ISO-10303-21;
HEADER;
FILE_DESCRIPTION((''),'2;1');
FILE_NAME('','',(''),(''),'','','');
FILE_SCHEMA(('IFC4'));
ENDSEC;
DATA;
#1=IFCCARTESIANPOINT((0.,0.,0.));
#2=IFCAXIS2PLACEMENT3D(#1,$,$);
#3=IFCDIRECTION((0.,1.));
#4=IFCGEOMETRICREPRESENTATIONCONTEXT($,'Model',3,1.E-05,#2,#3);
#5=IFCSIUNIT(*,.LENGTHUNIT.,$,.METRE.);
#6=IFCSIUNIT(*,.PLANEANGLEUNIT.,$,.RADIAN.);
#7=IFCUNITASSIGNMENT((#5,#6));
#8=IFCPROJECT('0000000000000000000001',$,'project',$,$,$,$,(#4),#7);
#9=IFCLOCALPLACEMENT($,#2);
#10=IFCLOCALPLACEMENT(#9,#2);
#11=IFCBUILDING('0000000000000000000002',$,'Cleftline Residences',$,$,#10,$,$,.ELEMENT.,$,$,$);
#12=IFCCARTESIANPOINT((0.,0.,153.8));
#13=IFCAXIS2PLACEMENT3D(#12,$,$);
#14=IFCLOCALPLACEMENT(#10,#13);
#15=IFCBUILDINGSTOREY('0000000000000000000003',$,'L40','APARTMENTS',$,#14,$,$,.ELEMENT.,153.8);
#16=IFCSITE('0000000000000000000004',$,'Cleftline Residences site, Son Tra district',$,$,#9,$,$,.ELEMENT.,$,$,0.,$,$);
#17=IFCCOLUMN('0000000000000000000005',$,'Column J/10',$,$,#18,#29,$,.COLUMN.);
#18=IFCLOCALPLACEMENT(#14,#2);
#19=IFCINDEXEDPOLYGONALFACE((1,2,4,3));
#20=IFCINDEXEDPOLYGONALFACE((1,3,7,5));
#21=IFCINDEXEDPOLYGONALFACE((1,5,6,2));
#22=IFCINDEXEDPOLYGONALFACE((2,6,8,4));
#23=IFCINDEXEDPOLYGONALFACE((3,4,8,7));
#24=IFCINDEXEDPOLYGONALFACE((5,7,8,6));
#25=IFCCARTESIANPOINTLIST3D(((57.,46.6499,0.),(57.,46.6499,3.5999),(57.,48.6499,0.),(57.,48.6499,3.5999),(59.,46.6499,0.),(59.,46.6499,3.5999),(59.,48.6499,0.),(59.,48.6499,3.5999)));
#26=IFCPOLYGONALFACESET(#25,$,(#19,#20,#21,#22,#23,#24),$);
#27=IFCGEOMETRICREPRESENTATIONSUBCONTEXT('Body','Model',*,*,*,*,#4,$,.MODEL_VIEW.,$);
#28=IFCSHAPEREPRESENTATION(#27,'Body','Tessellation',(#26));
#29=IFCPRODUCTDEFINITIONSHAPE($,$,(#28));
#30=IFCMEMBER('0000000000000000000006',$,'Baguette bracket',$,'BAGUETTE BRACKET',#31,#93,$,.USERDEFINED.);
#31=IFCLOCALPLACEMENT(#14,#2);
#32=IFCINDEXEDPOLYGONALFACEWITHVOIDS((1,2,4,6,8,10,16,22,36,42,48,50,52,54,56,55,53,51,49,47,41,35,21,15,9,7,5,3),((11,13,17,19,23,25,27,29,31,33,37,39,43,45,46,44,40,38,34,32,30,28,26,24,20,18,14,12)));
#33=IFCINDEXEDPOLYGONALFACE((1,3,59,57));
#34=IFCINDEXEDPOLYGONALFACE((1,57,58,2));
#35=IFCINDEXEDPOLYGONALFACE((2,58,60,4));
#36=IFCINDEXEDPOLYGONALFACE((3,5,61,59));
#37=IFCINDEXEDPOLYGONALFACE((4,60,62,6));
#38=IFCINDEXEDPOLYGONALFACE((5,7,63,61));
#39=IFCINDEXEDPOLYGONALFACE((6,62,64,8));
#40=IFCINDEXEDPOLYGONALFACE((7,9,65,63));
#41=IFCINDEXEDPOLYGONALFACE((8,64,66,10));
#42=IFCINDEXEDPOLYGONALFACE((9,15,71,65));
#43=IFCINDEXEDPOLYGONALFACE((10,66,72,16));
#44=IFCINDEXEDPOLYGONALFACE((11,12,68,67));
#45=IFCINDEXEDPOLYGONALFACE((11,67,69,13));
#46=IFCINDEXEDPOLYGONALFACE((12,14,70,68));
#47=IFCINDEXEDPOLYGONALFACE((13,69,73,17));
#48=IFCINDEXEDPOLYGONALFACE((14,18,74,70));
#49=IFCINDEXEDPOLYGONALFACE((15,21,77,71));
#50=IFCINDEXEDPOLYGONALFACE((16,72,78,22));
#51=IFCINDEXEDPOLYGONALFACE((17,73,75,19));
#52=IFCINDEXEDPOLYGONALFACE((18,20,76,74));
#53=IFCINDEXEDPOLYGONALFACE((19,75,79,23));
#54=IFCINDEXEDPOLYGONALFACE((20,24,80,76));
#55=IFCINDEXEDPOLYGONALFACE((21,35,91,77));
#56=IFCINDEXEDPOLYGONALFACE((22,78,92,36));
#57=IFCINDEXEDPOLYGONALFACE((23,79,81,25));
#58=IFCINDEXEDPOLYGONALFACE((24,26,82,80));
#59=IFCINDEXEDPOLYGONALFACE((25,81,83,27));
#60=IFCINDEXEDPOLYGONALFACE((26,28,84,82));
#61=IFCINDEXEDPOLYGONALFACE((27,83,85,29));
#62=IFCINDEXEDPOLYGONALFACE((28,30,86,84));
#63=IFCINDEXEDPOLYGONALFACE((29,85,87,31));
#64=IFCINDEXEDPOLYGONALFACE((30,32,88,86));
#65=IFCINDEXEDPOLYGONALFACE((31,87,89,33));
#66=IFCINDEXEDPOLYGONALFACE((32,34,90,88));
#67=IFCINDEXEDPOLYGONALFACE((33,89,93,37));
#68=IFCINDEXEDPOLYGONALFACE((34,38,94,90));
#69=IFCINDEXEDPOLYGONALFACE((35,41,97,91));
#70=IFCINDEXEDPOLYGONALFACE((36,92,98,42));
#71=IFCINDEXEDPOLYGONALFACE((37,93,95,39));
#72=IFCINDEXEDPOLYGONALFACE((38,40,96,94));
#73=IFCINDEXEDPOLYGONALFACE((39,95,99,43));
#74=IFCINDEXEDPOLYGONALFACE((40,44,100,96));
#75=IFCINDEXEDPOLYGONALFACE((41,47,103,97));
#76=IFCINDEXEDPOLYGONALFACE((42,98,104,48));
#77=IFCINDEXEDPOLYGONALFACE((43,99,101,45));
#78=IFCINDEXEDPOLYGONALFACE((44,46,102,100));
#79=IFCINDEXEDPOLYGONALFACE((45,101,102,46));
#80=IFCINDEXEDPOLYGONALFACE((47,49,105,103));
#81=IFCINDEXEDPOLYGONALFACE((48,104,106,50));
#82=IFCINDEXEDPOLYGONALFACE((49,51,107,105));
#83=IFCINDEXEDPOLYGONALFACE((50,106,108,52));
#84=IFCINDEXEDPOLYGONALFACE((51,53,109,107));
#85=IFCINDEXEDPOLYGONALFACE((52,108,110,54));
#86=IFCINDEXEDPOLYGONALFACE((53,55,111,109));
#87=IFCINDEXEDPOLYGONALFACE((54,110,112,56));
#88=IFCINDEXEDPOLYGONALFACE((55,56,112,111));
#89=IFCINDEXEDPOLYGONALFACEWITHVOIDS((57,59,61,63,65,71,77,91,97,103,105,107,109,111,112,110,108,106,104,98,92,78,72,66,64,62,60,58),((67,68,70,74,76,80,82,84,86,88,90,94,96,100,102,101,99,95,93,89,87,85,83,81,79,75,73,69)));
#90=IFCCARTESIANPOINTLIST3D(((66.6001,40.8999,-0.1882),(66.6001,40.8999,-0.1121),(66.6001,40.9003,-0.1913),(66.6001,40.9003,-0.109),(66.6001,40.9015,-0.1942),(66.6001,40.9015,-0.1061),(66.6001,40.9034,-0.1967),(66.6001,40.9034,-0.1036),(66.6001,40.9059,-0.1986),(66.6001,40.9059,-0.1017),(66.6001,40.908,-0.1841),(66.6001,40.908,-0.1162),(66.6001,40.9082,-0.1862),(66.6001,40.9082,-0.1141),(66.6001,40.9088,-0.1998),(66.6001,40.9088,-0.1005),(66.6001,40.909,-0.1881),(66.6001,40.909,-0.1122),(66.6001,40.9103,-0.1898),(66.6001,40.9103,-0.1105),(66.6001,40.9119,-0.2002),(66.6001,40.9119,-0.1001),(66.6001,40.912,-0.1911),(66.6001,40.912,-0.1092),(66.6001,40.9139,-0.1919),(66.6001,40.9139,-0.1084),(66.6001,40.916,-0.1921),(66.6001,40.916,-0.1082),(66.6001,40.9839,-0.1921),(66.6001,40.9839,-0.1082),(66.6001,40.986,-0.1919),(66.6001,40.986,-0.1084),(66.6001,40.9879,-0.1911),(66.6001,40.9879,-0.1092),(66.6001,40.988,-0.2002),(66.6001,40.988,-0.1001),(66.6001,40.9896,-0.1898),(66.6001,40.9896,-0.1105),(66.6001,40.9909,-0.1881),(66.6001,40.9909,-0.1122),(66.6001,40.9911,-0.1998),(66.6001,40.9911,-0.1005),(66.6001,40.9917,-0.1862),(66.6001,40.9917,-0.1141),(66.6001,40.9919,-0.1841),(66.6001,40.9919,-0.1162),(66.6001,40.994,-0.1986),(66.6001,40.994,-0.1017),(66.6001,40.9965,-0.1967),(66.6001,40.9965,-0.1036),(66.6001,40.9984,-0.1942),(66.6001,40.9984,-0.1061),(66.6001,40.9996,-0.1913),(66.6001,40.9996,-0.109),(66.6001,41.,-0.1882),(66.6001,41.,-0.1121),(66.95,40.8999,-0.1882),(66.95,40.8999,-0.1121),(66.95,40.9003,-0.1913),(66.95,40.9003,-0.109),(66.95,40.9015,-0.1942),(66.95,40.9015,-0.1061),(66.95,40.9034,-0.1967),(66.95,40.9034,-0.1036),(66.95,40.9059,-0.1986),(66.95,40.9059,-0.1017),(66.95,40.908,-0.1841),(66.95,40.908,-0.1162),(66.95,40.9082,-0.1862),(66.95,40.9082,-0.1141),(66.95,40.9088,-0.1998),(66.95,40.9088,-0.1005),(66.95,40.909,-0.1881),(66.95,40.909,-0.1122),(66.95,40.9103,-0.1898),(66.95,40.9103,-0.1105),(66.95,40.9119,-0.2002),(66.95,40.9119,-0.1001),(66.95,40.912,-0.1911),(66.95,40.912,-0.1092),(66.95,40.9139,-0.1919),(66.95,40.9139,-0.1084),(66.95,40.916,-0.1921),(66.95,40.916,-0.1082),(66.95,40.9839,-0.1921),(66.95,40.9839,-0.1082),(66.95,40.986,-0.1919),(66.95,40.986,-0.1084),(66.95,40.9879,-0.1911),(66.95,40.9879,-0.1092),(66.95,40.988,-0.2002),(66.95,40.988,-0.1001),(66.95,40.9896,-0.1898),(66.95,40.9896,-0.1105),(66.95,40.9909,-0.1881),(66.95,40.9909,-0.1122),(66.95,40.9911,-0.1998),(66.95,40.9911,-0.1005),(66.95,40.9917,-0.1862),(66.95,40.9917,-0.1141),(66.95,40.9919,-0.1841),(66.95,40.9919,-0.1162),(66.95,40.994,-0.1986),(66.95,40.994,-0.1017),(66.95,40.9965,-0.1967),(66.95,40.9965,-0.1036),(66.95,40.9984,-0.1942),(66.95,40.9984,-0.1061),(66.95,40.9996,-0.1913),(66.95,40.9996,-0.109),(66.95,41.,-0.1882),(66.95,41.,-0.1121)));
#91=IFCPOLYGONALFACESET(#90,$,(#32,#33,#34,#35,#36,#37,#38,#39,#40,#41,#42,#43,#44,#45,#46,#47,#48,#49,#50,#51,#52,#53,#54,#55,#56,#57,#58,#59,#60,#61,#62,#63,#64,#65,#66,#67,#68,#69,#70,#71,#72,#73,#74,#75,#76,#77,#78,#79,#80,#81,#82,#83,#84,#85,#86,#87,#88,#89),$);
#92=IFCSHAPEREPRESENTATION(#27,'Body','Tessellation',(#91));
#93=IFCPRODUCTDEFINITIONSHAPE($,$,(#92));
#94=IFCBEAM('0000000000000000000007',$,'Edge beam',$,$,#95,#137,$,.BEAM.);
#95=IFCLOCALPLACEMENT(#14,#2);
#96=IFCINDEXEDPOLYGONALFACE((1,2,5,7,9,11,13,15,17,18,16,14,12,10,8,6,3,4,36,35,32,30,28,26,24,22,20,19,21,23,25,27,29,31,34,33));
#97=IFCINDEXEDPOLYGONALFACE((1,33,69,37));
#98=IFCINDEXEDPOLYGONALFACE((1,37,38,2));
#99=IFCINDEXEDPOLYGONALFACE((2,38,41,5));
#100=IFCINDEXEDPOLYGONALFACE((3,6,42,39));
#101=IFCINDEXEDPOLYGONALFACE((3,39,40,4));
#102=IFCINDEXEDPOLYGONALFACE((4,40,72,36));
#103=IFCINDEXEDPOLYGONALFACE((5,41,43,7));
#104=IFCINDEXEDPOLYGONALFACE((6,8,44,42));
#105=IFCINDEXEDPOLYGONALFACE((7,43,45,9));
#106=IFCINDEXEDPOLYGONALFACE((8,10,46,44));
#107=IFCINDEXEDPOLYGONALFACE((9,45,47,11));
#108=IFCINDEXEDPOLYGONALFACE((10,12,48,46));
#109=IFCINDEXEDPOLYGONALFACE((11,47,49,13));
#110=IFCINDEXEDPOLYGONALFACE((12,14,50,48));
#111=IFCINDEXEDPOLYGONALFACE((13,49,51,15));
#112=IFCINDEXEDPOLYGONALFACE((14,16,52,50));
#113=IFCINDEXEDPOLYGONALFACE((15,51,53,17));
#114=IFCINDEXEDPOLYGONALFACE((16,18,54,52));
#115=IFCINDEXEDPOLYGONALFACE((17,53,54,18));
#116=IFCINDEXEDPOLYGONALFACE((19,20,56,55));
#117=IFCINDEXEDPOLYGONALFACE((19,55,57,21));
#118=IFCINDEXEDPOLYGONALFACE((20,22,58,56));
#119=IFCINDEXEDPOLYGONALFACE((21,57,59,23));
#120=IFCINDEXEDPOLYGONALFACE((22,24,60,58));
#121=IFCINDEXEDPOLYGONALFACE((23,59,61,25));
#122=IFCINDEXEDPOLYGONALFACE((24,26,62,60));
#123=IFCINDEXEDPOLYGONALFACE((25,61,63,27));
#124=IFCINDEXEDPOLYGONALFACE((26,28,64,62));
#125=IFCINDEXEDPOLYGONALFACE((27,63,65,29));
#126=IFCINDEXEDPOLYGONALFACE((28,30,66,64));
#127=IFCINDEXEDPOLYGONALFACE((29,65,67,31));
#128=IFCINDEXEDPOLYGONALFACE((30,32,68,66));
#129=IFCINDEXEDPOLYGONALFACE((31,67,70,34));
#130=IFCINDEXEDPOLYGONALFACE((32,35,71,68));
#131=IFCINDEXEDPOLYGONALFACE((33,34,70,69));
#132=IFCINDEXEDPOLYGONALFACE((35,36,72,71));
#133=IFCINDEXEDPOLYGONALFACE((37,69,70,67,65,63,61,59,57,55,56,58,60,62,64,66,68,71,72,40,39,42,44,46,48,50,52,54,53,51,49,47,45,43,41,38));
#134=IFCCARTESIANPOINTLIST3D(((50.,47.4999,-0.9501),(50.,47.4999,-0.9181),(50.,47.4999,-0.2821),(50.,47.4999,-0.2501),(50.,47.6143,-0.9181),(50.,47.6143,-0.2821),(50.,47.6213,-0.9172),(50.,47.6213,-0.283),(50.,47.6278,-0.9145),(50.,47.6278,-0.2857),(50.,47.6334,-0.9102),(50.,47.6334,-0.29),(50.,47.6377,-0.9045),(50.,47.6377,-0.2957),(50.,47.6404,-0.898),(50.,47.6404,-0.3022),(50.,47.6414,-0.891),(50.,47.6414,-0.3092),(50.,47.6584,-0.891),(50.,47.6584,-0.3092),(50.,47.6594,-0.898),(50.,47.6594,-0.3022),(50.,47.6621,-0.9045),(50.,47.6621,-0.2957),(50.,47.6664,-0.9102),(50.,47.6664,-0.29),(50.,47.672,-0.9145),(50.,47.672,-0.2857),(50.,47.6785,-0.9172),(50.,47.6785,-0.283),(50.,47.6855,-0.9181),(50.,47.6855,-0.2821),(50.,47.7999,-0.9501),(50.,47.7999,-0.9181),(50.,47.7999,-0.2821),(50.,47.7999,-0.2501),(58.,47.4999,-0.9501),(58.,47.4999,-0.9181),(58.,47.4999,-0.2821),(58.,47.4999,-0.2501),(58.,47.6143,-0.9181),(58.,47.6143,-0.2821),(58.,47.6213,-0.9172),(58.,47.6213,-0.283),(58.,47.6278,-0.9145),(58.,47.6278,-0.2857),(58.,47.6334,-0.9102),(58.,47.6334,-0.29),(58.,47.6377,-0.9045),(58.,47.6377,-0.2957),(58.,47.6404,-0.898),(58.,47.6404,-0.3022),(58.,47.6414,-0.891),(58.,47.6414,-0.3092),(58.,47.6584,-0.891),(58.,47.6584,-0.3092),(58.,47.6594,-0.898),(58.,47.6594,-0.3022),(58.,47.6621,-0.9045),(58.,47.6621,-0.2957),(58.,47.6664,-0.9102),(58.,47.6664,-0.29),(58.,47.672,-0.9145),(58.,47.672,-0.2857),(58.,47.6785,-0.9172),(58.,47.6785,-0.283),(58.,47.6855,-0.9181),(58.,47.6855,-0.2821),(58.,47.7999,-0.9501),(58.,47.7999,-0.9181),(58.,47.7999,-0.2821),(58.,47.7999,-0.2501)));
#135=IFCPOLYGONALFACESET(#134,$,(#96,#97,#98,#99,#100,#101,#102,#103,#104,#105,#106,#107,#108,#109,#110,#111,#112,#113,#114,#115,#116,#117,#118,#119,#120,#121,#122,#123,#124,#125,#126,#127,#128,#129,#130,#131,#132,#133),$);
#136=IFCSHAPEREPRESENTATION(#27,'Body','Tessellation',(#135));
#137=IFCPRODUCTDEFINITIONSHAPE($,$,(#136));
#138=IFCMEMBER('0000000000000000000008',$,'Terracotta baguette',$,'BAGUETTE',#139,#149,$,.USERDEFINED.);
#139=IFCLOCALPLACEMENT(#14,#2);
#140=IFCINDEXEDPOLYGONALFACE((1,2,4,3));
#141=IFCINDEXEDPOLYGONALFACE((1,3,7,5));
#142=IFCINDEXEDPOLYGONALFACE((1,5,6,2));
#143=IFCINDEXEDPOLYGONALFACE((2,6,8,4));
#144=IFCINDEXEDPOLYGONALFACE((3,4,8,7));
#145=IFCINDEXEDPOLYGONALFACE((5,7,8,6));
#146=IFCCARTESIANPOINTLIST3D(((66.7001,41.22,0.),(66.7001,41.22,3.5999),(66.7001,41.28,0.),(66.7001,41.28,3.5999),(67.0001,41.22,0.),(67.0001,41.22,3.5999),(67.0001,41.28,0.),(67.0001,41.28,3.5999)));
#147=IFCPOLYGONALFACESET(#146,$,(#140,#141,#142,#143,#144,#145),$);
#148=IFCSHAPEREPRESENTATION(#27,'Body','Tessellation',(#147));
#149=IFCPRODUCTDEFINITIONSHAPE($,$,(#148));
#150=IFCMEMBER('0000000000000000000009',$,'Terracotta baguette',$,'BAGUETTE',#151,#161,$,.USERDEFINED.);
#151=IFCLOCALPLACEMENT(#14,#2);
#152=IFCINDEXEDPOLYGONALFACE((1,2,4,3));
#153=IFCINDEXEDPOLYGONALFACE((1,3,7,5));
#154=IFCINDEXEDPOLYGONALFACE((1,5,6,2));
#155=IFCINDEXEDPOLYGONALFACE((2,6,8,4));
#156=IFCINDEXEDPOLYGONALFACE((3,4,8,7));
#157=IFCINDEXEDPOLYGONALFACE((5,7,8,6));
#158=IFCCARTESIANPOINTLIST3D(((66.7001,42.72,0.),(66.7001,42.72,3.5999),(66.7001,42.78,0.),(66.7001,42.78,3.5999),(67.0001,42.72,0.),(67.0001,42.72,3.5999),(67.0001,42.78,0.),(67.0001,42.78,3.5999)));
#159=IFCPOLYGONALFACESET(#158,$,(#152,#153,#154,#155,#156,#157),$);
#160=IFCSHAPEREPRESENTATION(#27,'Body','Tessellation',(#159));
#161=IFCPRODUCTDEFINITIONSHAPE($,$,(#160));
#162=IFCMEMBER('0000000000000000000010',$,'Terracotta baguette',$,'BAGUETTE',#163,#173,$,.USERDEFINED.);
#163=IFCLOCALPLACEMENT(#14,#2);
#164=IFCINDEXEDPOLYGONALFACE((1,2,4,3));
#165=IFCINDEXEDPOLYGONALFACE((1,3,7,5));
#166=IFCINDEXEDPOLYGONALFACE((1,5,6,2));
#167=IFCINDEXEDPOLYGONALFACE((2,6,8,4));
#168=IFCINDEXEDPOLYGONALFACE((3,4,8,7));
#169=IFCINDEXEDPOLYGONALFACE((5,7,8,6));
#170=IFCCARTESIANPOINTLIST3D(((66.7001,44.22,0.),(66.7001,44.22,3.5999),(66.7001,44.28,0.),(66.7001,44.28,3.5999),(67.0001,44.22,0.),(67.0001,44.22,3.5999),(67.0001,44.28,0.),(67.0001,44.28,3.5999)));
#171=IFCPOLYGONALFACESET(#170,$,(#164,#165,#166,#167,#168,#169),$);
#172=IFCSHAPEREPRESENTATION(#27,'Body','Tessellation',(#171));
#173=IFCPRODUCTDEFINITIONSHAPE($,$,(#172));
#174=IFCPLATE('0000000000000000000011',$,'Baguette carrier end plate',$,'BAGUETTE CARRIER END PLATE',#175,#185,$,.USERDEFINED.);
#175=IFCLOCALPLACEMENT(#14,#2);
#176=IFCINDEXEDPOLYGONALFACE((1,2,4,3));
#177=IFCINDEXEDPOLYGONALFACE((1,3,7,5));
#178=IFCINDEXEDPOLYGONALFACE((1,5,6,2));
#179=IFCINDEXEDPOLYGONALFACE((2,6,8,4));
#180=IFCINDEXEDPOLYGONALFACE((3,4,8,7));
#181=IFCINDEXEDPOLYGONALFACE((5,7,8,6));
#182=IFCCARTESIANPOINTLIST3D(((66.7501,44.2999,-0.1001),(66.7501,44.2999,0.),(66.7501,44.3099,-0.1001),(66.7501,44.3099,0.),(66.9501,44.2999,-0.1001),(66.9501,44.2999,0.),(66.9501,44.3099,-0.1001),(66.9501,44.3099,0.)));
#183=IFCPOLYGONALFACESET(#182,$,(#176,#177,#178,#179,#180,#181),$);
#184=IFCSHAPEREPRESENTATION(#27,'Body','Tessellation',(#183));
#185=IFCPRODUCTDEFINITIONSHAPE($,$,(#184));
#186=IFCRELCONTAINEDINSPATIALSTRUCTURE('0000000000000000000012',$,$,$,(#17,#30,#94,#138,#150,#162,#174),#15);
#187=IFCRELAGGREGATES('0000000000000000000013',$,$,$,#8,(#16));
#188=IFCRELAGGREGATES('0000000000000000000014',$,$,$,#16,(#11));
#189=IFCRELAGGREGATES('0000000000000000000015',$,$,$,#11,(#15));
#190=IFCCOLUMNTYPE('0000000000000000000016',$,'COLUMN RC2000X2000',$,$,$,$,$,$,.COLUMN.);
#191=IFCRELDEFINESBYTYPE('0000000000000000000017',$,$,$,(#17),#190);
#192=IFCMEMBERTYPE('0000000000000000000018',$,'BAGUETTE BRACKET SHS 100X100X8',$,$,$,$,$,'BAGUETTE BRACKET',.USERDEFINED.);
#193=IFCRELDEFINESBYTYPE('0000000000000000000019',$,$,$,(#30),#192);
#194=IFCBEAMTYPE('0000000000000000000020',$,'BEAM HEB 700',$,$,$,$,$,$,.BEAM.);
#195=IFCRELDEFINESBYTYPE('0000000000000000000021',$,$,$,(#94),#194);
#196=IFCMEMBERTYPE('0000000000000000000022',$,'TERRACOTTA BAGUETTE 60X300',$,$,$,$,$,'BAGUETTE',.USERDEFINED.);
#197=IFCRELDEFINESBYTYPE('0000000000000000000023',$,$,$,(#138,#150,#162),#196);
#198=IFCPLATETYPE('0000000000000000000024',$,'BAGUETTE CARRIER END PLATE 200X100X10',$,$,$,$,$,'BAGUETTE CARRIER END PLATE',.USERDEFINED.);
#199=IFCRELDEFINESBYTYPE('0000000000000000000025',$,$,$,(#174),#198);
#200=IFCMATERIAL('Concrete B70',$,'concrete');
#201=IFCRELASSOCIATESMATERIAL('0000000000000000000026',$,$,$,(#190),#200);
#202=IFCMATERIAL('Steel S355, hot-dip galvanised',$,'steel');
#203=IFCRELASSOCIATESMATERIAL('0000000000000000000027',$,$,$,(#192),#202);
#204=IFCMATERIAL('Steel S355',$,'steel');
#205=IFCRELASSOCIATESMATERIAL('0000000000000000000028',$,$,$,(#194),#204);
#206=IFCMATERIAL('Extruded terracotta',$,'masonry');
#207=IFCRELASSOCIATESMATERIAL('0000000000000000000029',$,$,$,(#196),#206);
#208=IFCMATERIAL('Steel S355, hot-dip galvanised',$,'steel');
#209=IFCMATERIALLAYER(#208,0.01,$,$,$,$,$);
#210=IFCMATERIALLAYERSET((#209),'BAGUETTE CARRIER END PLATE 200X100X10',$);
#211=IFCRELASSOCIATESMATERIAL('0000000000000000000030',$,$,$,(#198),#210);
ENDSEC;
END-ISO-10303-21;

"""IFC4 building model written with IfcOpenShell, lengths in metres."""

from ifc_helpers import new_model, si_unit, direction, frame, origin, origin_2d, place, context, subcontext, project, spatial, rectangle, hollow_rectangle, i_section, extrude, material, layer, layer_set, material_profile, profile_set, type_object, element, save


model = new_model("IFC4")

# Units and contexts
model_context = context("Model", 3, precision=1e-05, world=origin(), true_north=direction((0.0, 1.0)))
body_context = subcontext(model_context, "Body", "Model", "MODEL_VIEW")
ifc_project = project(units=[si_unit("LENGTHUNIT", "METRE"), si_unit("PLANEANGLEUNIT", "RADIAN")], contexts=[model_context])

# Site, building, storey
site_placement = place(None, origin())
site = spatial("IfcSite", under=ifc_project, at=site_placement, Name="Cleftline Residences site, Son Tra district", CompositionType="ELEMENT", RefElevation=0.0)
building_placement = place(site_placement, origin())
building = spatial("IfcBuilding", under=site, at=building_placement, Name="Cleftline Residences", CompositionType="ELEMENT")
storey_placement = place(building_placement, frame((0.0, 0.0, 153.8)))
storey = spatial("IfcBuildingStorey", under=building, at=storey_placement, Name="L40", Description="APARTMENTS", CompositionType="ELEMENT", Elevation=153.8)

# Column
ifc_material_1 = material(Name="Concrete B70", Category="concrete")
ifc_material_profile_1 = material_profile(ifc_material_1, rectangle(XDim=2.0, YDim=2.0, at=origin_2d()))
ifc_profile_set_1 = profile_set([ifc_material_profile_1], Name="Concrete B70")
column_type = type_object("IfcColumnType", Name="COLUMN RC2000X2000", PredefinedType="COLUMN", material=ifc_profile_set_1)
column_placement = place(storey_placement, frame((58.0, 47.6499, 0.0), z_axis=(0.0, 0.0, 1.0), x_axis=(1.0, 0.0, 0.0)))
element("IfcColumn", 1, at=column_placement, inside=storey, type_object=column_type, Name="Column J/10", PredefinedType="COLUMN", context=body_context, shape_type="SweptSolid", body=[
    extrude(rectangle(XDim=2.0, YDim=2.0, at=origin_2d()), origin(), (0.0, 0.0, 1.0), 3.5999),
])

# Member
ifc_material_2 = material(Name="Steel S355, hot-dip galvanised", Category="steel")
ifc_material_profile_2 = material_profile(ifc_material_2, hollow_rectangle(XDim=0.1001, YDim=0.1001, WallThickness=0.0081, InnerFilletRadius=0.0081, OuterFilletRadius=0.012, at=origin_2d()))
ifc_profile_set_2 = profile_set([ifc_material_profile_2], Name="Steel S355, hot-dip galvanised")
member_type_1 = type_object("IfcMemberType", Name="BAGUETTE BRACKET SHS 100X100X8", ElementType="BAGUETTE BRACKET", PredefinedType="USERDEFINED", material=ifc_profile_set_2)
member_placement = place(storey_placement, frame((66.6001, 40.95, -0.1501), z_axis=(1.0, 0.0, 0.0), x_axis=(0.0, 1.0, 0.0)))
element("IfcMember", 2, at=member_placement, inside=storey, type_object=member_type_1, Name="Baguette bracket", ObjectType="BAGUETTE BRACKET", PredefinedType="USERDEFINED", context=body_context, shape_type="SweptSolid", body=[
    extrude(hollow_rectangle(XDim=0.1001, YDim=0.1001, WallThickness=0.0081, InnerFilletRadius=0.0081, OuterFilletRadius=0.012, at=origin_2d()), origin(), (0.0, 0.0, 1.0), 0.3499),
])

# Beam
ifc_material_3 = material(Name="Steel S355", Category="steel")
ifc_material_profile_3 = material_profile(ifc_material_3, i_section(OverallWidth=0.3, OverallDepth=0.7, WebThickness=0.0171, FlangeThickness=0.032, FilletRadius=0.0271, at=origin_2d()))
ifc_profile_set_3 = profile_set([ifc_material_profile_3], Name="Steel S355")
beam_type = type_object("IfcBeamType", Name="BEAM HEB 700", PredefinedType="BEAM", material=ifc_profile_set_3)
beam_placement = place(storey_placement, frame((58.0, 47.6499, -0.6001), z_axis=(-1.0, 0.0, 0.0), x_axis=(0.0, -1.0, 0.0)))
element("IfcBeam", 3, at=beam_placement, inside=storey, type_object=beam_type, Name="Edge beam", PredefinedType="BEAM", context=body_context, shape_type="SweptSolid", body=[
    extrude(i_section(OverallWidth=0.3, OverallDepth=0.7, WebThickness=0.0171, FlangeThickness=0.032, FilletRadius=0.0271, at=origin_2d()), origin(), (0.0, 0.0, 1.0), 8.0),
])

# Members
ifc_material_4 = material(Name="Extruded terracotta", Category="masonry")
ifc_material_profile_4 = material_profile(ifc_material_4, rectangle(XDim=0.0601, YDim=0.3, at=origin_2d()))
ifc_profile_set_4 = profile_set([ifc_material_profile_4], Name="Extruded terracotta")
member_type_2 = type_object("IfcMemberType", Name="TERRACOTTA BAGUETTE 60X300", ElementType="BAGUETTE", PredefinedType="USERDEFINED", material=ifc_profile_set_4)
for number, where, z_axis, x_axis, name in (
    (4, (66.8501, 41.25, 0.0), (0.0, 0.0, 1.0), (0.0, 1.0, 0.0), "Terracotta baguette"),
    (5, (66.8501, 42.75, 0.0), (0.0, 0.0, 1.0), (0.0, 1.0, 0.0), "Terracotta baguette"),
    (6, (66.8501, 44.25, 0.0), (0.0, 0.0, 1.0), (0.0, 1.0, 0.0), "Terracotta baguette"),
):
    element("IfcMember", number, at=place(storey_placement, frame(where, z_axis=z_axis, x_axis=x_axis)), inside=storey, type_object=member_type_2, Name=name, ObjectType="BAGUETTE", PredefinedType="USERDEFINED", context=body_context, shape_type="SweptSolid", body=[
        extrude(rectangle(XDim=0.0601, YDim=0.3, at=origin_2d()), origin(), (0.0, 0.0, 1.0), 3.5999),
    ])

# Plate
ifc_material_5 = material(Name="Steel S355, hot-dip galvanised", Category="steel")
ifc_layer_1 = layer(ifc_material_5, 0.01)
ifc_layer_set_1 = layer_set([ifc_layer_1], Name="BAGUETTE CARRIER END PLATE 200X100X10")
plate_type = type_object("IfcPlateType", Name="BAGUETTE CARRIER END PLATE 200X100X10", ElementType="BAGUETTE CARRIER END PLATE", PredefinedType="USERDEFINED", material=ifc_layer_set_1)
plate_placement = place(storey_placement, frame((66.8501, 44.3049, -0.1001), z_axis=(0.0, 0.0, 1.0), x_axis=(1.0, 0.0, 0.0)))
element("IfcPlate", 7, at=plate_placement, inside=storey, type_object=plate_type, Name="Baguette carrier end plate", ObjectType="BAGUETTE CARRIER END PLATE", PredefinedType="USERDEFINED", context=body_context, shape_type="SweptSolid", body=[
    extrude(rectangle(XDim=0.2, YDim=0.01, at=origin_2d()), origin(), (0.0, 0.0, 1.0), 0.1001),
])

save(model, "model.ifc")
